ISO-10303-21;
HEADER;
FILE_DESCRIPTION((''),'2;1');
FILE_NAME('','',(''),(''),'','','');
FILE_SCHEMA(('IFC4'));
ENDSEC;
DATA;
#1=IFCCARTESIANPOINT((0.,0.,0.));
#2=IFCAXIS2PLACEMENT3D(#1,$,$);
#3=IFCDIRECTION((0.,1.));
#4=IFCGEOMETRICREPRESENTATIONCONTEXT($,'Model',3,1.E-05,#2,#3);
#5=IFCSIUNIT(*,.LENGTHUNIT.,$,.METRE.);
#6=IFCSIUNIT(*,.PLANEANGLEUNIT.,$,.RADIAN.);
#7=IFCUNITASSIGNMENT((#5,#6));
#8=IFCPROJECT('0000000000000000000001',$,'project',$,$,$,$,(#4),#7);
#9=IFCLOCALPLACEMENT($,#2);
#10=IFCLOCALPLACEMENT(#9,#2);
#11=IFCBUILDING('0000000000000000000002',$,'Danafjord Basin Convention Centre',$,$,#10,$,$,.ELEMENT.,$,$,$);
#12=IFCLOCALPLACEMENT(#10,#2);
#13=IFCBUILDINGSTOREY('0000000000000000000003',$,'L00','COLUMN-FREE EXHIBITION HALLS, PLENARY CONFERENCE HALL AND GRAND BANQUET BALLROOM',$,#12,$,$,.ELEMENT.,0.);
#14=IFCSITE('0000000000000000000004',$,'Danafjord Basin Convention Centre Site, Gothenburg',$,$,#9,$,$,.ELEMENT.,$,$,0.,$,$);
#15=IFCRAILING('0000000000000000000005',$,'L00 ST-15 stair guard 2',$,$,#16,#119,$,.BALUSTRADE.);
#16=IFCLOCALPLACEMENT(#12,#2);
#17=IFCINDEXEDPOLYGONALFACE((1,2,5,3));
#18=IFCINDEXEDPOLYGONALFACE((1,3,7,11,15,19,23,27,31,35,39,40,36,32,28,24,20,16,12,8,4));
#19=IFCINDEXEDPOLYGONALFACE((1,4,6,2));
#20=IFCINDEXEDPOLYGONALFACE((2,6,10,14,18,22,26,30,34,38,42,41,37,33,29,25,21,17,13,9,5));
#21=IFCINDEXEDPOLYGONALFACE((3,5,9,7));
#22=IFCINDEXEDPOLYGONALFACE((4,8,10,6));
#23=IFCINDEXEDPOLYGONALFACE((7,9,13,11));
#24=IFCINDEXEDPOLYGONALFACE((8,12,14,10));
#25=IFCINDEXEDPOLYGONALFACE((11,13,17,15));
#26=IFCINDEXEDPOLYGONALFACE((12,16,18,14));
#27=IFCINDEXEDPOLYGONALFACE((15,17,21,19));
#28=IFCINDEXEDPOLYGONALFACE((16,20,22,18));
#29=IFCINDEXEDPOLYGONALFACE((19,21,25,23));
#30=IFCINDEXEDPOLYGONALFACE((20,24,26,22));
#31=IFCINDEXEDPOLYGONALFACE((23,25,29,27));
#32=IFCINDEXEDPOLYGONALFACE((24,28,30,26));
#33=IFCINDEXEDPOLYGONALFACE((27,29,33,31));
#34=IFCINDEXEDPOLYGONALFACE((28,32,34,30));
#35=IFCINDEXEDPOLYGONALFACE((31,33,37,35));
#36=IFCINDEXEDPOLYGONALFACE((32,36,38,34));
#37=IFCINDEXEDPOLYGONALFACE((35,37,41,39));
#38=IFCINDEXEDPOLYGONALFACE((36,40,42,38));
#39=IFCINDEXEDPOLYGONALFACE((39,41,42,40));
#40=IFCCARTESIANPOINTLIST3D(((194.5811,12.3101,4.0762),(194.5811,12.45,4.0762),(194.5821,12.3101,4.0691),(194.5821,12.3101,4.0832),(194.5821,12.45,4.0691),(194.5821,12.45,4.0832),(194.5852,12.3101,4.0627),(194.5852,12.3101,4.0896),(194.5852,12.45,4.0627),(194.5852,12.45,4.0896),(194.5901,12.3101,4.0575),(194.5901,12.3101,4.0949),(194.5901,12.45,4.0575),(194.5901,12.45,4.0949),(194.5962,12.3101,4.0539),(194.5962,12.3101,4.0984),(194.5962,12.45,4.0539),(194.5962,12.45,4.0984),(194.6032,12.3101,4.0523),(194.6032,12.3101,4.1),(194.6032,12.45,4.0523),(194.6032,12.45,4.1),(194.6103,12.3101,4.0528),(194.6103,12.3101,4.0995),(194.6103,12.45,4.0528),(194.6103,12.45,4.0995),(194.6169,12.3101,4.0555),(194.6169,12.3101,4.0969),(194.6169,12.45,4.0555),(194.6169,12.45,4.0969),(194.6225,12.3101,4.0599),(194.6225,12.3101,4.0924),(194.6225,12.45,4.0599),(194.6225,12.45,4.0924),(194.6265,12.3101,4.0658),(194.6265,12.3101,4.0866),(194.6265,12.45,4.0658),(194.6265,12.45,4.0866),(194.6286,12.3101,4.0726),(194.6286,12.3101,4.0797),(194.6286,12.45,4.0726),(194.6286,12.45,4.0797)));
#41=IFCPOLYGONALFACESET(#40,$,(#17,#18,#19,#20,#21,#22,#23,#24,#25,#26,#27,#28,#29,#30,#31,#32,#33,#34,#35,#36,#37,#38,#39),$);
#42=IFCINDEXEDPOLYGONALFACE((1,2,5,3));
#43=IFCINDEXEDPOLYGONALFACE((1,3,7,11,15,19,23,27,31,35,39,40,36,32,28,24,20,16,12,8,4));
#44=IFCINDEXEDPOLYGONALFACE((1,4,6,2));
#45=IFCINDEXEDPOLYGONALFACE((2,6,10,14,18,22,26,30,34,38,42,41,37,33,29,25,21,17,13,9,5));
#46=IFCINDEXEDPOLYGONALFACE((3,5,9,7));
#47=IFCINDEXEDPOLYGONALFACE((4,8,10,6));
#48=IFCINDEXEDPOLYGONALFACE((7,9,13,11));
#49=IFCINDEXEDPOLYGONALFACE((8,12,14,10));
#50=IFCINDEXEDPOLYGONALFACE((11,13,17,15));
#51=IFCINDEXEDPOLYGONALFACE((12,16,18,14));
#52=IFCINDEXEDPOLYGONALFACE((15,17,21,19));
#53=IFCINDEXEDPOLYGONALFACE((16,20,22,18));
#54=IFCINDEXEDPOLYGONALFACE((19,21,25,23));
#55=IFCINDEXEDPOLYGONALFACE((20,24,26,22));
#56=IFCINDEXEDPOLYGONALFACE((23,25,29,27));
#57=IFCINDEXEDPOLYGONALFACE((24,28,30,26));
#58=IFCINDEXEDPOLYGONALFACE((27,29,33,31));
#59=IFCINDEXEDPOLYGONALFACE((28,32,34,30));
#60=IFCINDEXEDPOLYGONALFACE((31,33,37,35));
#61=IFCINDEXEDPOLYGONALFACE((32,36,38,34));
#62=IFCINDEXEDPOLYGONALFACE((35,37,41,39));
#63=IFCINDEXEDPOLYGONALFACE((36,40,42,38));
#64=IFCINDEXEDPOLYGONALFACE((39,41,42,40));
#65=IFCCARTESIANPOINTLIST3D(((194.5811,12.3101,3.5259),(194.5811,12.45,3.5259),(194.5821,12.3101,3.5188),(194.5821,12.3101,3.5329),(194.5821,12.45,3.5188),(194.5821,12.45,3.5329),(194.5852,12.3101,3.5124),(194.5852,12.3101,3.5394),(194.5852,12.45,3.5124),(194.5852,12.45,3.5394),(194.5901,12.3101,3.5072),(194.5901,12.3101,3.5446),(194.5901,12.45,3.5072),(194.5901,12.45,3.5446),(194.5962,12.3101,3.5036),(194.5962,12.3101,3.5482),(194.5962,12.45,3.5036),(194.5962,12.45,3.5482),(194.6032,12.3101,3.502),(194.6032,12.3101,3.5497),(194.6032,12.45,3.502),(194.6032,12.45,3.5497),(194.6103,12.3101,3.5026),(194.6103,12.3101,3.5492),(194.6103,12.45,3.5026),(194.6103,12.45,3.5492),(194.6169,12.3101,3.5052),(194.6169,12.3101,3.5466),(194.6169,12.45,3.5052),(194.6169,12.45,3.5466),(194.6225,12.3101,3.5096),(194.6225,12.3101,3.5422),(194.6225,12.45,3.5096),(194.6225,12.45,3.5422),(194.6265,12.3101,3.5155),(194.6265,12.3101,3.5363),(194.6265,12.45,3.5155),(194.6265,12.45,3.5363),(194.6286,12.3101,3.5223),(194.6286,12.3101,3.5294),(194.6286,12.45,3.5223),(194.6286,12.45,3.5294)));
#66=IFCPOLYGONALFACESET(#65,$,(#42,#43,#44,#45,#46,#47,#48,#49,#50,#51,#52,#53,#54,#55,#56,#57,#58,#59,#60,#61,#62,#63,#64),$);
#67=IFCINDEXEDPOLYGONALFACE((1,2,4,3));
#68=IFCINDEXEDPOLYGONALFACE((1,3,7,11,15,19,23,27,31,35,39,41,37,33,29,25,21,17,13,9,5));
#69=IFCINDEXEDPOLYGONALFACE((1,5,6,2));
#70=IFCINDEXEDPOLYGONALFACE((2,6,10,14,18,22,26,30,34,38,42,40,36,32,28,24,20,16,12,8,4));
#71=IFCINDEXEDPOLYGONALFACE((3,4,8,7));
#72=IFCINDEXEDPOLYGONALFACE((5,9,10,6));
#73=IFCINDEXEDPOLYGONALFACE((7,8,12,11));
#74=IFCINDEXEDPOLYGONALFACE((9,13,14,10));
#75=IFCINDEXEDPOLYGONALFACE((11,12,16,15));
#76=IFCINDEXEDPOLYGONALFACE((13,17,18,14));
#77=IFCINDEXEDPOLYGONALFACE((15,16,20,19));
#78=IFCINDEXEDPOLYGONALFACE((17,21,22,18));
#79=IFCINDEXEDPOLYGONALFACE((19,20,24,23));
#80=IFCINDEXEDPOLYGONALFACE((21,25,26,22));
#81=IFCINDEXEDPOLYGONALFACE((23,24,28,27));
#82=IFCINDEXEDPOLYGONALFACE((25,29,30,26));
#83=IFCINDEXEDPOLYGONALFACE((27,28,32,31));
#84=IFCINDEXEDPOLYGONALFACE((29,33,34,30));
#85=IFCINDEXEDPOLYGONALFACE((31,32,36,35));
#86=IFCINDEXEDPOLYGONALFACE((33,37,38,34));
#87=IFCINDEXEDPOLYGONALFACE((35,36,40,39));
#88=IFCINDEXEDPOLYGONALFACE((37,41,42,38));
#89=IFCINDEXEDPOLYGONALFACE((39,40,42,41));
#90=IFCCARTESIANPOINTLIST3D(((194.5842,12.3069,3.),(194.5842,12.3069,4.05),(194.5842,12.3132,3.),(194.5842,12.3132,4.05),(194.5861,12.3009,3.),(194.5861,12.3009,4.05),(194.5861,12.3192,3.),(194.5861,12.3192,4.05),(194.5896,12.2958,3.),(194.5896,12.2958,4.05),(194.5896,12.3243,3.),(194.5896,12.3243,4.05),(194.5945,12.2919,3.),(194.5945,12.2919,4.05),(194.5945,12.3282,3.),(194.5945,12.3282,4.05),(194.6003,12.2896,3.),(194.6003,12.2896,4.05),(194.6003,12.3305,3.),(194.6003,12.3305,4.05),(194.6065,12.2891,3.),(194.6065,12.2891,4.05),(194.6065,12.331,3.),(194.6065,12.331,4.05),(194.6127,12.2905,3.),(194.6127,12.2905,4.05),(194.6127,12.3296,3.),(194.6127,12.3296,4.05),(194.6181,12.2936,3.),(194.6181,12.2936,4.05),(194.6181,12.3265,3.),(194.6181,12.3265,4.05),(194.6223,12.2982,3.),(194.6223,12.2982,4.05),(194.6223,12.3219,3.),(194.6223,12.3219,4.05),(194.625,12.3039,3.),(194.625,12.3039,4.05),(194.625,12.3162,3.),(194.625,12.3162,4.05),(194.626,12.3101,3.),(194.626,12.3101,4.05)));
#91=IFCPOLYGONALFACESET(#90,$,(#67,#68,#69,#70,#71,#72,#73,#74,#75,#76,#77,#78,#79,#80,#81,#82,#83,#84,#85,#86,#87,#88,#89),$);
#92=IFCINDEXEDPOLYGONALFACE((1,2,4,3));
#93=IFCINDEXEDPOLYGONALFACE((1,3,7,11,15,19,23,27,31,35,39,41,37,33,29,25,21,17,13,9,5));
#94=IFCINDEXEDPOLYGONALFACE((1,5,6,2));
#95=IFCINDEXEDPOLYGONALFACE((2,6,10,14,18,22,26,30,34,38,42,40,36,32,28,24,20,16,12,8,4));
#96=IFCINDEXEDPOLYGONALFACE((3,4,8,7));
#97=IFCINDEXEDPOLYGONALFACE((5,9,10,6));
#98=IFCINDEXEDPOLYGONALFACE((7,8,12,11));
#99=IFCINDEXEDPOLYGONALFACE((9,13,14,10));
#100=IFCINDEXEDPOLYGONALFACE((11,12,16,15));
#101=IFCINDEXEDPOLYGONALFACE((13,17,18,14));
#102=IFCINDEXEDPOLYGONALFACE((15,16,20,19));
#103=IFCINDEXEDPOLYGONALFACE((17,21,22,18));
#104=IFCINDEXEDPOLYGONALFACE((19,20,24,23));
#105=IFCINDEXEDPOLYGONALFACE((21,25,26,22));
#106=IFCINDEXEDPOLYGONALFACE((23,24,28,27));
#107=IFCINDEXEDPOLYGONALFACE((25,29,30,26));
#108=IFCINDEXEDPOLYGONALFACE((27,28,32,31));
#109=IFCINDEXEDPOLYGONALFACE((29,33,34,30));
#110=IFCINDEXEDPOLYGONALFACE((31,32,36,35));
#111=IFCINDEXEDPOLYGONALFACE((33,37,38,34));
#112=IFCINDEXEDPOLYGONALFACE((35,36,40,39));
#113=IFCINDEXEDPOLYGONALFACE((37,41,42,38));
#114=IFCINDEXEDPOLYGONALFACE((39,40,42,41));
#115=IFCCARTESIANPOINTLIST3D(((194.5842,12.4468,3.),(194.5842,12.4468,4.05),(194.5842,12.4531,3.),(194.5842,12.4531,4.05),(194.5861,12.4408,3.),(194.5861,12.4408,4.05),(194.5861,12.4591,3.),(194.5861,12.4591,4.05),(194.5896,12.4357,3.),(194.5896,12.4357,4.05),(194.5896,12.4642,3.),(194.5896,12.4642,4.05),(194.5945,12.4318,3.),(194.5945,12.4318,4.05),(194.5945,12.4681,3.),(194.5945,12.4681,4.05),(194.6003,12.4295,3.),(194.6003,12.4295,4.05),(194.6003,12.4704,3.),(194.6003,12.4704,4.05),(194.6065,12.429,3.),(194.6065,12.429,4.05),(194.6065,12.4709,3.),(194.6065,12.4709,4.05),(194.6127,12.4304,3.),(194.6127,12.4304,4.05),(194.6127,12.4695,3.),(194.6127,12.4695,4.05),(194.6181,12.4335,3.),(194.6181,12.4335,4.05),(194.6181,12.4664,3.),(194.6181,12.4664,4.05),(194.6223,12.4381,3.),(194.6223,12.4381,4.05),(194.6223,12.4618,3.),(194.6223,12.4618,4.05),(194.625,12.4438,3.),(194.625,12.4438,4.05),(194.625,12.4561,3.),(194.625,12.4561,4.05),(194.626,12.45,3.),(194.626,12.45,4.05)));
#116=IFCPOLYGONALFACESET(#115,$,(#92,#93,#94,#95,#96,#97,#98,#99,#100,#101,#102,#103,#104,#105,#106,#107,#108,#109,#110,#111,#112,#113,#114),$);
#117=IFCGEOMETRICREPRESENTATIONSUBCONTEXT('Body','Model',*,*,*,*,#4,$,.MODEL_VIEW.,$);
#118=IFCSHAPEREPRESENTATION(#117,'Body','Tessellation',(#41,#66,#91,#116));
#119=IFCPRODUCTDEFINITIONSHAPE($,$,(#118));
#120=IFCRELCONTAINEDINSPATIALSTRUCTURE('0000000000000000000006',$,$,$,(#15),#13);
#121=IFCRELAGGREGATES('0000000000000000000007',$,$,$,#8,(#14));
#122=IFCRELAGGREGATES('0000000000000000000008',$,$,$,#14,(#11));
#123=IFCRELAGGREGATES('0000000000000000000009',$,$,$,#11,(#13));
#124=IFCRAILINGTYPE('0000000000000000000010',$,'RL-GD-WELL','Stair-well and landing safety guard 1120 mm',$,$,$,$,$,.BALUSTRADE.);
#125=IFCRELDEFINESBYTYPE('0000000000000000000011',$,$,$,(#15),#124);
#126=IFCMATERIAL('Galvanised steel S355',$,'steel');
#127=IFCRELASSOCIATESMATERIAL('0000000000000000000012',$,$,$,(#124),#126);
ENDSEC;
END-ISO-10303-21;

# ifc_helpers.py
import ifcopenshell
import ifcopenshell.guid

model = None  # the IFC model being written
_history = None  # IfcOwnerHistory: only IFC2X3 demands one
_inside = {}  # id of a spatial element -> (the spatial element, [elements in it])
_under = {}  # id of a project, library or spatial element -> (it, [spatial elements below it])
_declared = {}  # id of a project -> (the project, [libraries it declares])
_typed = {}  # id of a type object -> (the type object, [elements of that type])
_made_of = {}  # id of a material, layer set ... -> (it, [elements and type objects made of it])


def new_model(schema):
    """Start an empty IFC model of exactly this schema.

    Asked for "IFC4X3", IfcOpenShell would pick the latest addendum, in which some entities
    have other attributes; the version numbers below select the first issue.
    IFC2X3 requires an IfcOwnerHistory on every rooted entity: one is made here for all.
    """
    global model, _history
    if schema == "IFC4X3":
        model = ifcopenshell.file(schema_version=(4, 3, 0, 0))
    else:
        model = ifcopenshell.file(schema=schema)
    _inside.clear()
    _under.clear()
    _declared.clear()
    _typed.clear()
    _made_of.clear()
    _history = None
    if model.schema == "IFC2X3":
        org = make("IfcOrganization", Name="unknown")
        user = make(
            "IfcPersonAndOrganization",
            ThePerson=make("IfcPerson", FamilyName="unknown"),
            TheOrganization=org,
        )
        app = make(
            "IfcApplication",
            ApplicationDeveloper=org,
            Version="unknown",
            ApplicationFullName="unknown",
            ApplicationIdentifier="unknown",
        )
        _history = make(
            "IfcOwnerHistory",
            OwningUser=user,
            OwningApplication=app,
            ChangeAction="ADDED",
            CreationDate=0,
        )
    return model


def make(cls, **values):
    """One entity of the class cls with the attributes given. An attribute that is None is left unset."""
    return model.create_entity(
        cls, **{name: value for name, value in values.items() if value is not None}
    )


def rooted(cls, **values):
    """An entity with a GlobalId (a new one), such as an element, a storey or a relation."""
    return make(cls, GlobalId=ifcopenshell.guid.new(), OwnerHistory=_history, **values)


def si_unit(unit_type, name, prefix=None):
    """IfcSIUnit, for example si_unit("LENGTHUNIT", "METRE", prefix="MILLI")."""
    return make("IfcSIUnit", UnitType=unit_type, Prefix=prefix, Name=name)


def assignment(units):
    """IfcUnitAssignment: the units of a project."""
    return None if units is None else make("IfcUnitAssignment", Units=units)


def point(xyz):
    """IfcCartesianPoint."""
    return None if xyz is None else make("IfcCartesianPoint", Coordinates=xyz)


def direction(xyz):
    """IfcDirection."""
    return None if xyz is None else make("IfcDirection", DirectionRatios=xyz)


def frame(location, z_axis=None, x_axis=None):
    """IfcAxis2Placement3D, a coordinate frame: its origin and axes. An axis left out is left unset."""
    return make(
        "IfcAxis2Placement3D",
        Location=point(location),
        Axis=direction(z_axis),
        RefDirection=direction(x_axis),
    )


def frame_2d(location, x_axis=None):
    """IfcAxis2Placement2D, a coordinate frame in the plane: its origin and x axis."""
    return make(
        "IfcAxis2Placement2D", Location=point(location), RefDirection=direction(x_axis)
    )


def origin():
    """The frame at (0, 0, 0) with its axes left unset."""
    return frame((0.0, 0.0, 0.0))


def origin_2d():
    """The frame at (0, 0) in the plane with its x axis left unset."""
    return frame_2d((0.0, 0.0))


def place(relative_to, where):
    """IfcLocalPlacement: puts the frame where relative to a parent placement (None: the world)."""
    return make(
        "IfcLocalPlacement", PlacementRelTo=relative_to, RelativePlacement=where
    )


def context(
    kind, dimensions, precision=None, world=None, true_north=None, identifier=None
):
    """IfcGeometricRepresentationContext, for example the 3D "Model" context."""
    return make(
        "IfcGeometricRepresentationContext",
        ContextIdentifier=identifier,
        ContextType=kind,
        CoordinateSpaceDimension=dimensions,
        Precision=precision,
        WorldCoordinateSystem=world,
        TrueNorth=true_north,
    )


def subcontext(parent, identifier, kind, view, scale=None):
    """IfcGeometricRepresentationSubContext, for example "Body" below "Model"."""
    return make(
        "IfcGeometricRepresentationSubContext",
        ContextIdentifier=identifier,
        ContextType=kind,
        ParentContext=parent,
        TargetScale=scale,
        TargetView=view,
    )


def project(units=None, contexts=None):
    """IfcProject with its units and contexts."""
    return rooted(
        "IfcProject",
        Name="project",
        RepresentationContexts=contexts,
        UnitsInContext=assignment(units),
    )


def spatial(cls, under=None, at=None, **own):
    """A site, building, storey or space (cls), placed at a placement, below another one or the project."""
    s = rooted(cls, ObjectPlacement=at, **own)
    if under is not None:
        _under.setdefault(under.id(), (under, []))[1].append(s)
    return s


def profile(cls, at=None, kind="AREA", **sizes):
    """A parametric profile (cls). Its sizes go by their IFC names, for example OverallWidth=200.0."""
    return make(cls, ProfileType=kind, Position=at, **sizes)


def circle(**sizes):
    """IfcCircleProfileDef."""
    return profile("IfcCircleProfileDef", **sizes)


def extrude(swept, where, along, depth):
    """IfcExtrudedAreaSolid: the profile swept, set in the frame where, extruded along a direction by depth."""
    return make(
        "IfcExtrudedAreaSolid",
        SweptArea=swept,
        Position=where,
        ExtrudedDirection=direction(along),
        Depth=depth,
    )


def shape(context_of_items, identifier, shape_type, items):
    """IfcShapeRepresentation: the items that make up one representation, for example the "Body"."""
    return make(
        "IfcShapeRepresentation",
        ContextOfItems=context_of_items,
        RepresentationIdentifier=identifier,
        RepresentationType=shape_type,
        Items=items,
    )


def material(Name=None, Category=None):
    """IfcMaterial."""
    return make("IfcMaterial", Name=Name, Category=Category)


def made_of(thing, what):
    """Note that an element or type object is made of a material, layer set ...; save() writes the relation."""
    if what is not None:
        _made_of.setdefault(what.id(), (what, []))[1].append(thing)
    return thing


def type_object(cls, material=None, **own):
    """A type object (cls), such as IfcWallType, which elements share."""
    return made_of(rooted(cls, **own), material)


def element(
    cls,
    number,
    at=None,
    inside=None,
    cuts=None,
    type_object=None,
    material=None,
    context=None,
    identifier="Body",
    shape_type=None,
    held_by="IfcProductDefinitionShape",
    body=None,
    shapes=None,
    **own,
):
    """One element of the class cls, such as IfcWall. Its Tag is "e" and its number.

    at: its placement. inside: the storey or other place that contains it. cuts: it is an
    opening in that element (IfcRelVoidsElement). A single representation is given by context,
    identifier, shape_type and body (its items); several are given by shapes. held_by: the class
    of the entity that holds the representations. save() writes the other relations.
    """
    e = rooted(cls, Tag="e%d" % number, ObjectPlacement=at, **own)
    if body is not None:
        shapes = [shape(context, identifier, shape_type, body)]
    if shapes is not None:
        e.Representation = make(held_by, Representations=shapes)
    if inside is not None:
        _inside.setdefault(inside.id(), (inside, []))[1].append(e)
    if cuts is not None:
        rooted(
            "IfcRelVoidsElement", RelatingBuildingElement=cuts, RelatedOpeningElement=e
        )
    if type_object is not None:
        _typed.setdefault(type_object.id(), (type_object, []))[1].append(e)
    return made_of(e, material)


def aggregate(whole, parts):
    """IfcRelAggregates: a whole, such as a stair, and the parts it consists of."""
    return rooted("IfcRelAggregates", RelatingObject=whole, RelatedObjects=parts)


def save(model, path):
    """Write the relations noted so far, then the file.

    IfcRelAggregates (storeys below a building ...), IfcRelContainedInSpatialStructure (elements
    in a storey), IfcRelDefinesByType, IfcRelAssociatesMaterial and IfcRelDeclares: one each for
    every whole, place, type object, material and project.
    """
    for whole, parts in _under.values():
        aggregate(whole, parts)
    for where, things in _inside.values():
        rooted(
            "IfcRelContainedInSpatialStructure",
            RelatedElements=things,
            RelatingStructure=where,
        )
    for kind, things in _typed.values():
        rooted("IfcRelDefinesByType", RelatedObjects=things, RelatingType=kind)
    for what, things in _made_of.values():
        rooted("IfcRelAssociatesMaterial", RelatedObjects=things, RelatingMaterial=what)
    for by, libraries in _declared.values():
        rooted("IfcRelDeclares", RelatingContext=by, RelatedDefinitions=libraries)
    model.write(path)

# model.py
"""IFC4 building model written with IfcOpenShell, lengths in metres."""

from ifc_helpers import new_model, si_unit, direction, frame, origin, origin_2d, place, context, subcontext, project, spatial, circle, extrude, material, type_object, element, save


model = new_model("IFC4")

# Units and contexts
model_context = context("Model", 3, precision=1e-05, world=origin(), true_north=direction((0.0, 1.0)))
body_context = subcontext(model_context, "Body", "Model", "MODEL_VIEW")
ifc_project = project(units=[si_unit("LENGTHUNIT", "METRE"), si_unit("PLANEANGLEUNIT", "RADIAN")], contexts=[model_context])

# Site, building, storey
site_placement = place(None, origin())
site = spatial("IfcSite", under=ifc_project, at=site_placement, Name="Danafjord Basin Convention Centre Site, Gothenburg", CompositionType="ELEMENT", RefElevation=0.0)
building_placement = place(site_placement, origin())
building = spatial("IfcBuilding", under=site, at=building_placement, Name="Danafjord Basin Convention Centre", CompositionType="ELEMENT")
storey_placement = place(building_placement, origin())
storey = spatial("IfcBuildingStorey", under=building, at=storey_placement, Name="L00", Description="COLUMN-FREE EXHIBITION HALLS, PLENARY CONFERENCE HALL AND GRAND BANQUET BALLROOM", CompositionType="ELEMENT", Elevation=0.0)

# Railing
ifc_material_1 = material(Name="Galvanised steel S355", Category="steel")
railing_type_1 = type_object("IfcRailingType", Name="RL-GD-WELL", Description="Stair-well and landing safety guard 1120 mm", PredefinedType="BALUSTRADE", material=ifc_material_1)
railing_1_placement = place(storey_placement, frame((194.605, 12.3101, 3.0)))
element("IfcRailing", 1, at=railing_1_placement, inside=storey, type_object=railing_type_1, Name="L00 ST-15 stair guard 2", PredefinedType="BALUSTRADE", context=body_context, shape_type="SweptSolid", body=[
    extrude(circle(Radius=0.0239, at=origin_2d()), frame((0.0, 0.0, 1.0762), z_axis=(0.0, 1.0, 0.0), x_axis=(-1.0, 0.0, 0.0)), (0.0, 0.0, 1.0), 0.1399),
    extrude(circle(Radius=0.0239, at=origin_2d()), frame((0.0, 0.0, 0.5259), z_axis=(0.0, 1.0, 0.0), x_axis=(-1.0, 0.0, 0.0)), (0.0, 0.0, 1.0), 0.1399),
    extrude(circle(Radius=0.021, at=origin_2d()), origin(), (0.0, 0.0, 1.0), 1.05),
    extrude(circle(Radius=0.021, at=origin_2d()), frame((0.0, 0.1399, 0.0)), (0.0, 0.0, 1.0), 1.05),
])

save(model, "model.ifc")
